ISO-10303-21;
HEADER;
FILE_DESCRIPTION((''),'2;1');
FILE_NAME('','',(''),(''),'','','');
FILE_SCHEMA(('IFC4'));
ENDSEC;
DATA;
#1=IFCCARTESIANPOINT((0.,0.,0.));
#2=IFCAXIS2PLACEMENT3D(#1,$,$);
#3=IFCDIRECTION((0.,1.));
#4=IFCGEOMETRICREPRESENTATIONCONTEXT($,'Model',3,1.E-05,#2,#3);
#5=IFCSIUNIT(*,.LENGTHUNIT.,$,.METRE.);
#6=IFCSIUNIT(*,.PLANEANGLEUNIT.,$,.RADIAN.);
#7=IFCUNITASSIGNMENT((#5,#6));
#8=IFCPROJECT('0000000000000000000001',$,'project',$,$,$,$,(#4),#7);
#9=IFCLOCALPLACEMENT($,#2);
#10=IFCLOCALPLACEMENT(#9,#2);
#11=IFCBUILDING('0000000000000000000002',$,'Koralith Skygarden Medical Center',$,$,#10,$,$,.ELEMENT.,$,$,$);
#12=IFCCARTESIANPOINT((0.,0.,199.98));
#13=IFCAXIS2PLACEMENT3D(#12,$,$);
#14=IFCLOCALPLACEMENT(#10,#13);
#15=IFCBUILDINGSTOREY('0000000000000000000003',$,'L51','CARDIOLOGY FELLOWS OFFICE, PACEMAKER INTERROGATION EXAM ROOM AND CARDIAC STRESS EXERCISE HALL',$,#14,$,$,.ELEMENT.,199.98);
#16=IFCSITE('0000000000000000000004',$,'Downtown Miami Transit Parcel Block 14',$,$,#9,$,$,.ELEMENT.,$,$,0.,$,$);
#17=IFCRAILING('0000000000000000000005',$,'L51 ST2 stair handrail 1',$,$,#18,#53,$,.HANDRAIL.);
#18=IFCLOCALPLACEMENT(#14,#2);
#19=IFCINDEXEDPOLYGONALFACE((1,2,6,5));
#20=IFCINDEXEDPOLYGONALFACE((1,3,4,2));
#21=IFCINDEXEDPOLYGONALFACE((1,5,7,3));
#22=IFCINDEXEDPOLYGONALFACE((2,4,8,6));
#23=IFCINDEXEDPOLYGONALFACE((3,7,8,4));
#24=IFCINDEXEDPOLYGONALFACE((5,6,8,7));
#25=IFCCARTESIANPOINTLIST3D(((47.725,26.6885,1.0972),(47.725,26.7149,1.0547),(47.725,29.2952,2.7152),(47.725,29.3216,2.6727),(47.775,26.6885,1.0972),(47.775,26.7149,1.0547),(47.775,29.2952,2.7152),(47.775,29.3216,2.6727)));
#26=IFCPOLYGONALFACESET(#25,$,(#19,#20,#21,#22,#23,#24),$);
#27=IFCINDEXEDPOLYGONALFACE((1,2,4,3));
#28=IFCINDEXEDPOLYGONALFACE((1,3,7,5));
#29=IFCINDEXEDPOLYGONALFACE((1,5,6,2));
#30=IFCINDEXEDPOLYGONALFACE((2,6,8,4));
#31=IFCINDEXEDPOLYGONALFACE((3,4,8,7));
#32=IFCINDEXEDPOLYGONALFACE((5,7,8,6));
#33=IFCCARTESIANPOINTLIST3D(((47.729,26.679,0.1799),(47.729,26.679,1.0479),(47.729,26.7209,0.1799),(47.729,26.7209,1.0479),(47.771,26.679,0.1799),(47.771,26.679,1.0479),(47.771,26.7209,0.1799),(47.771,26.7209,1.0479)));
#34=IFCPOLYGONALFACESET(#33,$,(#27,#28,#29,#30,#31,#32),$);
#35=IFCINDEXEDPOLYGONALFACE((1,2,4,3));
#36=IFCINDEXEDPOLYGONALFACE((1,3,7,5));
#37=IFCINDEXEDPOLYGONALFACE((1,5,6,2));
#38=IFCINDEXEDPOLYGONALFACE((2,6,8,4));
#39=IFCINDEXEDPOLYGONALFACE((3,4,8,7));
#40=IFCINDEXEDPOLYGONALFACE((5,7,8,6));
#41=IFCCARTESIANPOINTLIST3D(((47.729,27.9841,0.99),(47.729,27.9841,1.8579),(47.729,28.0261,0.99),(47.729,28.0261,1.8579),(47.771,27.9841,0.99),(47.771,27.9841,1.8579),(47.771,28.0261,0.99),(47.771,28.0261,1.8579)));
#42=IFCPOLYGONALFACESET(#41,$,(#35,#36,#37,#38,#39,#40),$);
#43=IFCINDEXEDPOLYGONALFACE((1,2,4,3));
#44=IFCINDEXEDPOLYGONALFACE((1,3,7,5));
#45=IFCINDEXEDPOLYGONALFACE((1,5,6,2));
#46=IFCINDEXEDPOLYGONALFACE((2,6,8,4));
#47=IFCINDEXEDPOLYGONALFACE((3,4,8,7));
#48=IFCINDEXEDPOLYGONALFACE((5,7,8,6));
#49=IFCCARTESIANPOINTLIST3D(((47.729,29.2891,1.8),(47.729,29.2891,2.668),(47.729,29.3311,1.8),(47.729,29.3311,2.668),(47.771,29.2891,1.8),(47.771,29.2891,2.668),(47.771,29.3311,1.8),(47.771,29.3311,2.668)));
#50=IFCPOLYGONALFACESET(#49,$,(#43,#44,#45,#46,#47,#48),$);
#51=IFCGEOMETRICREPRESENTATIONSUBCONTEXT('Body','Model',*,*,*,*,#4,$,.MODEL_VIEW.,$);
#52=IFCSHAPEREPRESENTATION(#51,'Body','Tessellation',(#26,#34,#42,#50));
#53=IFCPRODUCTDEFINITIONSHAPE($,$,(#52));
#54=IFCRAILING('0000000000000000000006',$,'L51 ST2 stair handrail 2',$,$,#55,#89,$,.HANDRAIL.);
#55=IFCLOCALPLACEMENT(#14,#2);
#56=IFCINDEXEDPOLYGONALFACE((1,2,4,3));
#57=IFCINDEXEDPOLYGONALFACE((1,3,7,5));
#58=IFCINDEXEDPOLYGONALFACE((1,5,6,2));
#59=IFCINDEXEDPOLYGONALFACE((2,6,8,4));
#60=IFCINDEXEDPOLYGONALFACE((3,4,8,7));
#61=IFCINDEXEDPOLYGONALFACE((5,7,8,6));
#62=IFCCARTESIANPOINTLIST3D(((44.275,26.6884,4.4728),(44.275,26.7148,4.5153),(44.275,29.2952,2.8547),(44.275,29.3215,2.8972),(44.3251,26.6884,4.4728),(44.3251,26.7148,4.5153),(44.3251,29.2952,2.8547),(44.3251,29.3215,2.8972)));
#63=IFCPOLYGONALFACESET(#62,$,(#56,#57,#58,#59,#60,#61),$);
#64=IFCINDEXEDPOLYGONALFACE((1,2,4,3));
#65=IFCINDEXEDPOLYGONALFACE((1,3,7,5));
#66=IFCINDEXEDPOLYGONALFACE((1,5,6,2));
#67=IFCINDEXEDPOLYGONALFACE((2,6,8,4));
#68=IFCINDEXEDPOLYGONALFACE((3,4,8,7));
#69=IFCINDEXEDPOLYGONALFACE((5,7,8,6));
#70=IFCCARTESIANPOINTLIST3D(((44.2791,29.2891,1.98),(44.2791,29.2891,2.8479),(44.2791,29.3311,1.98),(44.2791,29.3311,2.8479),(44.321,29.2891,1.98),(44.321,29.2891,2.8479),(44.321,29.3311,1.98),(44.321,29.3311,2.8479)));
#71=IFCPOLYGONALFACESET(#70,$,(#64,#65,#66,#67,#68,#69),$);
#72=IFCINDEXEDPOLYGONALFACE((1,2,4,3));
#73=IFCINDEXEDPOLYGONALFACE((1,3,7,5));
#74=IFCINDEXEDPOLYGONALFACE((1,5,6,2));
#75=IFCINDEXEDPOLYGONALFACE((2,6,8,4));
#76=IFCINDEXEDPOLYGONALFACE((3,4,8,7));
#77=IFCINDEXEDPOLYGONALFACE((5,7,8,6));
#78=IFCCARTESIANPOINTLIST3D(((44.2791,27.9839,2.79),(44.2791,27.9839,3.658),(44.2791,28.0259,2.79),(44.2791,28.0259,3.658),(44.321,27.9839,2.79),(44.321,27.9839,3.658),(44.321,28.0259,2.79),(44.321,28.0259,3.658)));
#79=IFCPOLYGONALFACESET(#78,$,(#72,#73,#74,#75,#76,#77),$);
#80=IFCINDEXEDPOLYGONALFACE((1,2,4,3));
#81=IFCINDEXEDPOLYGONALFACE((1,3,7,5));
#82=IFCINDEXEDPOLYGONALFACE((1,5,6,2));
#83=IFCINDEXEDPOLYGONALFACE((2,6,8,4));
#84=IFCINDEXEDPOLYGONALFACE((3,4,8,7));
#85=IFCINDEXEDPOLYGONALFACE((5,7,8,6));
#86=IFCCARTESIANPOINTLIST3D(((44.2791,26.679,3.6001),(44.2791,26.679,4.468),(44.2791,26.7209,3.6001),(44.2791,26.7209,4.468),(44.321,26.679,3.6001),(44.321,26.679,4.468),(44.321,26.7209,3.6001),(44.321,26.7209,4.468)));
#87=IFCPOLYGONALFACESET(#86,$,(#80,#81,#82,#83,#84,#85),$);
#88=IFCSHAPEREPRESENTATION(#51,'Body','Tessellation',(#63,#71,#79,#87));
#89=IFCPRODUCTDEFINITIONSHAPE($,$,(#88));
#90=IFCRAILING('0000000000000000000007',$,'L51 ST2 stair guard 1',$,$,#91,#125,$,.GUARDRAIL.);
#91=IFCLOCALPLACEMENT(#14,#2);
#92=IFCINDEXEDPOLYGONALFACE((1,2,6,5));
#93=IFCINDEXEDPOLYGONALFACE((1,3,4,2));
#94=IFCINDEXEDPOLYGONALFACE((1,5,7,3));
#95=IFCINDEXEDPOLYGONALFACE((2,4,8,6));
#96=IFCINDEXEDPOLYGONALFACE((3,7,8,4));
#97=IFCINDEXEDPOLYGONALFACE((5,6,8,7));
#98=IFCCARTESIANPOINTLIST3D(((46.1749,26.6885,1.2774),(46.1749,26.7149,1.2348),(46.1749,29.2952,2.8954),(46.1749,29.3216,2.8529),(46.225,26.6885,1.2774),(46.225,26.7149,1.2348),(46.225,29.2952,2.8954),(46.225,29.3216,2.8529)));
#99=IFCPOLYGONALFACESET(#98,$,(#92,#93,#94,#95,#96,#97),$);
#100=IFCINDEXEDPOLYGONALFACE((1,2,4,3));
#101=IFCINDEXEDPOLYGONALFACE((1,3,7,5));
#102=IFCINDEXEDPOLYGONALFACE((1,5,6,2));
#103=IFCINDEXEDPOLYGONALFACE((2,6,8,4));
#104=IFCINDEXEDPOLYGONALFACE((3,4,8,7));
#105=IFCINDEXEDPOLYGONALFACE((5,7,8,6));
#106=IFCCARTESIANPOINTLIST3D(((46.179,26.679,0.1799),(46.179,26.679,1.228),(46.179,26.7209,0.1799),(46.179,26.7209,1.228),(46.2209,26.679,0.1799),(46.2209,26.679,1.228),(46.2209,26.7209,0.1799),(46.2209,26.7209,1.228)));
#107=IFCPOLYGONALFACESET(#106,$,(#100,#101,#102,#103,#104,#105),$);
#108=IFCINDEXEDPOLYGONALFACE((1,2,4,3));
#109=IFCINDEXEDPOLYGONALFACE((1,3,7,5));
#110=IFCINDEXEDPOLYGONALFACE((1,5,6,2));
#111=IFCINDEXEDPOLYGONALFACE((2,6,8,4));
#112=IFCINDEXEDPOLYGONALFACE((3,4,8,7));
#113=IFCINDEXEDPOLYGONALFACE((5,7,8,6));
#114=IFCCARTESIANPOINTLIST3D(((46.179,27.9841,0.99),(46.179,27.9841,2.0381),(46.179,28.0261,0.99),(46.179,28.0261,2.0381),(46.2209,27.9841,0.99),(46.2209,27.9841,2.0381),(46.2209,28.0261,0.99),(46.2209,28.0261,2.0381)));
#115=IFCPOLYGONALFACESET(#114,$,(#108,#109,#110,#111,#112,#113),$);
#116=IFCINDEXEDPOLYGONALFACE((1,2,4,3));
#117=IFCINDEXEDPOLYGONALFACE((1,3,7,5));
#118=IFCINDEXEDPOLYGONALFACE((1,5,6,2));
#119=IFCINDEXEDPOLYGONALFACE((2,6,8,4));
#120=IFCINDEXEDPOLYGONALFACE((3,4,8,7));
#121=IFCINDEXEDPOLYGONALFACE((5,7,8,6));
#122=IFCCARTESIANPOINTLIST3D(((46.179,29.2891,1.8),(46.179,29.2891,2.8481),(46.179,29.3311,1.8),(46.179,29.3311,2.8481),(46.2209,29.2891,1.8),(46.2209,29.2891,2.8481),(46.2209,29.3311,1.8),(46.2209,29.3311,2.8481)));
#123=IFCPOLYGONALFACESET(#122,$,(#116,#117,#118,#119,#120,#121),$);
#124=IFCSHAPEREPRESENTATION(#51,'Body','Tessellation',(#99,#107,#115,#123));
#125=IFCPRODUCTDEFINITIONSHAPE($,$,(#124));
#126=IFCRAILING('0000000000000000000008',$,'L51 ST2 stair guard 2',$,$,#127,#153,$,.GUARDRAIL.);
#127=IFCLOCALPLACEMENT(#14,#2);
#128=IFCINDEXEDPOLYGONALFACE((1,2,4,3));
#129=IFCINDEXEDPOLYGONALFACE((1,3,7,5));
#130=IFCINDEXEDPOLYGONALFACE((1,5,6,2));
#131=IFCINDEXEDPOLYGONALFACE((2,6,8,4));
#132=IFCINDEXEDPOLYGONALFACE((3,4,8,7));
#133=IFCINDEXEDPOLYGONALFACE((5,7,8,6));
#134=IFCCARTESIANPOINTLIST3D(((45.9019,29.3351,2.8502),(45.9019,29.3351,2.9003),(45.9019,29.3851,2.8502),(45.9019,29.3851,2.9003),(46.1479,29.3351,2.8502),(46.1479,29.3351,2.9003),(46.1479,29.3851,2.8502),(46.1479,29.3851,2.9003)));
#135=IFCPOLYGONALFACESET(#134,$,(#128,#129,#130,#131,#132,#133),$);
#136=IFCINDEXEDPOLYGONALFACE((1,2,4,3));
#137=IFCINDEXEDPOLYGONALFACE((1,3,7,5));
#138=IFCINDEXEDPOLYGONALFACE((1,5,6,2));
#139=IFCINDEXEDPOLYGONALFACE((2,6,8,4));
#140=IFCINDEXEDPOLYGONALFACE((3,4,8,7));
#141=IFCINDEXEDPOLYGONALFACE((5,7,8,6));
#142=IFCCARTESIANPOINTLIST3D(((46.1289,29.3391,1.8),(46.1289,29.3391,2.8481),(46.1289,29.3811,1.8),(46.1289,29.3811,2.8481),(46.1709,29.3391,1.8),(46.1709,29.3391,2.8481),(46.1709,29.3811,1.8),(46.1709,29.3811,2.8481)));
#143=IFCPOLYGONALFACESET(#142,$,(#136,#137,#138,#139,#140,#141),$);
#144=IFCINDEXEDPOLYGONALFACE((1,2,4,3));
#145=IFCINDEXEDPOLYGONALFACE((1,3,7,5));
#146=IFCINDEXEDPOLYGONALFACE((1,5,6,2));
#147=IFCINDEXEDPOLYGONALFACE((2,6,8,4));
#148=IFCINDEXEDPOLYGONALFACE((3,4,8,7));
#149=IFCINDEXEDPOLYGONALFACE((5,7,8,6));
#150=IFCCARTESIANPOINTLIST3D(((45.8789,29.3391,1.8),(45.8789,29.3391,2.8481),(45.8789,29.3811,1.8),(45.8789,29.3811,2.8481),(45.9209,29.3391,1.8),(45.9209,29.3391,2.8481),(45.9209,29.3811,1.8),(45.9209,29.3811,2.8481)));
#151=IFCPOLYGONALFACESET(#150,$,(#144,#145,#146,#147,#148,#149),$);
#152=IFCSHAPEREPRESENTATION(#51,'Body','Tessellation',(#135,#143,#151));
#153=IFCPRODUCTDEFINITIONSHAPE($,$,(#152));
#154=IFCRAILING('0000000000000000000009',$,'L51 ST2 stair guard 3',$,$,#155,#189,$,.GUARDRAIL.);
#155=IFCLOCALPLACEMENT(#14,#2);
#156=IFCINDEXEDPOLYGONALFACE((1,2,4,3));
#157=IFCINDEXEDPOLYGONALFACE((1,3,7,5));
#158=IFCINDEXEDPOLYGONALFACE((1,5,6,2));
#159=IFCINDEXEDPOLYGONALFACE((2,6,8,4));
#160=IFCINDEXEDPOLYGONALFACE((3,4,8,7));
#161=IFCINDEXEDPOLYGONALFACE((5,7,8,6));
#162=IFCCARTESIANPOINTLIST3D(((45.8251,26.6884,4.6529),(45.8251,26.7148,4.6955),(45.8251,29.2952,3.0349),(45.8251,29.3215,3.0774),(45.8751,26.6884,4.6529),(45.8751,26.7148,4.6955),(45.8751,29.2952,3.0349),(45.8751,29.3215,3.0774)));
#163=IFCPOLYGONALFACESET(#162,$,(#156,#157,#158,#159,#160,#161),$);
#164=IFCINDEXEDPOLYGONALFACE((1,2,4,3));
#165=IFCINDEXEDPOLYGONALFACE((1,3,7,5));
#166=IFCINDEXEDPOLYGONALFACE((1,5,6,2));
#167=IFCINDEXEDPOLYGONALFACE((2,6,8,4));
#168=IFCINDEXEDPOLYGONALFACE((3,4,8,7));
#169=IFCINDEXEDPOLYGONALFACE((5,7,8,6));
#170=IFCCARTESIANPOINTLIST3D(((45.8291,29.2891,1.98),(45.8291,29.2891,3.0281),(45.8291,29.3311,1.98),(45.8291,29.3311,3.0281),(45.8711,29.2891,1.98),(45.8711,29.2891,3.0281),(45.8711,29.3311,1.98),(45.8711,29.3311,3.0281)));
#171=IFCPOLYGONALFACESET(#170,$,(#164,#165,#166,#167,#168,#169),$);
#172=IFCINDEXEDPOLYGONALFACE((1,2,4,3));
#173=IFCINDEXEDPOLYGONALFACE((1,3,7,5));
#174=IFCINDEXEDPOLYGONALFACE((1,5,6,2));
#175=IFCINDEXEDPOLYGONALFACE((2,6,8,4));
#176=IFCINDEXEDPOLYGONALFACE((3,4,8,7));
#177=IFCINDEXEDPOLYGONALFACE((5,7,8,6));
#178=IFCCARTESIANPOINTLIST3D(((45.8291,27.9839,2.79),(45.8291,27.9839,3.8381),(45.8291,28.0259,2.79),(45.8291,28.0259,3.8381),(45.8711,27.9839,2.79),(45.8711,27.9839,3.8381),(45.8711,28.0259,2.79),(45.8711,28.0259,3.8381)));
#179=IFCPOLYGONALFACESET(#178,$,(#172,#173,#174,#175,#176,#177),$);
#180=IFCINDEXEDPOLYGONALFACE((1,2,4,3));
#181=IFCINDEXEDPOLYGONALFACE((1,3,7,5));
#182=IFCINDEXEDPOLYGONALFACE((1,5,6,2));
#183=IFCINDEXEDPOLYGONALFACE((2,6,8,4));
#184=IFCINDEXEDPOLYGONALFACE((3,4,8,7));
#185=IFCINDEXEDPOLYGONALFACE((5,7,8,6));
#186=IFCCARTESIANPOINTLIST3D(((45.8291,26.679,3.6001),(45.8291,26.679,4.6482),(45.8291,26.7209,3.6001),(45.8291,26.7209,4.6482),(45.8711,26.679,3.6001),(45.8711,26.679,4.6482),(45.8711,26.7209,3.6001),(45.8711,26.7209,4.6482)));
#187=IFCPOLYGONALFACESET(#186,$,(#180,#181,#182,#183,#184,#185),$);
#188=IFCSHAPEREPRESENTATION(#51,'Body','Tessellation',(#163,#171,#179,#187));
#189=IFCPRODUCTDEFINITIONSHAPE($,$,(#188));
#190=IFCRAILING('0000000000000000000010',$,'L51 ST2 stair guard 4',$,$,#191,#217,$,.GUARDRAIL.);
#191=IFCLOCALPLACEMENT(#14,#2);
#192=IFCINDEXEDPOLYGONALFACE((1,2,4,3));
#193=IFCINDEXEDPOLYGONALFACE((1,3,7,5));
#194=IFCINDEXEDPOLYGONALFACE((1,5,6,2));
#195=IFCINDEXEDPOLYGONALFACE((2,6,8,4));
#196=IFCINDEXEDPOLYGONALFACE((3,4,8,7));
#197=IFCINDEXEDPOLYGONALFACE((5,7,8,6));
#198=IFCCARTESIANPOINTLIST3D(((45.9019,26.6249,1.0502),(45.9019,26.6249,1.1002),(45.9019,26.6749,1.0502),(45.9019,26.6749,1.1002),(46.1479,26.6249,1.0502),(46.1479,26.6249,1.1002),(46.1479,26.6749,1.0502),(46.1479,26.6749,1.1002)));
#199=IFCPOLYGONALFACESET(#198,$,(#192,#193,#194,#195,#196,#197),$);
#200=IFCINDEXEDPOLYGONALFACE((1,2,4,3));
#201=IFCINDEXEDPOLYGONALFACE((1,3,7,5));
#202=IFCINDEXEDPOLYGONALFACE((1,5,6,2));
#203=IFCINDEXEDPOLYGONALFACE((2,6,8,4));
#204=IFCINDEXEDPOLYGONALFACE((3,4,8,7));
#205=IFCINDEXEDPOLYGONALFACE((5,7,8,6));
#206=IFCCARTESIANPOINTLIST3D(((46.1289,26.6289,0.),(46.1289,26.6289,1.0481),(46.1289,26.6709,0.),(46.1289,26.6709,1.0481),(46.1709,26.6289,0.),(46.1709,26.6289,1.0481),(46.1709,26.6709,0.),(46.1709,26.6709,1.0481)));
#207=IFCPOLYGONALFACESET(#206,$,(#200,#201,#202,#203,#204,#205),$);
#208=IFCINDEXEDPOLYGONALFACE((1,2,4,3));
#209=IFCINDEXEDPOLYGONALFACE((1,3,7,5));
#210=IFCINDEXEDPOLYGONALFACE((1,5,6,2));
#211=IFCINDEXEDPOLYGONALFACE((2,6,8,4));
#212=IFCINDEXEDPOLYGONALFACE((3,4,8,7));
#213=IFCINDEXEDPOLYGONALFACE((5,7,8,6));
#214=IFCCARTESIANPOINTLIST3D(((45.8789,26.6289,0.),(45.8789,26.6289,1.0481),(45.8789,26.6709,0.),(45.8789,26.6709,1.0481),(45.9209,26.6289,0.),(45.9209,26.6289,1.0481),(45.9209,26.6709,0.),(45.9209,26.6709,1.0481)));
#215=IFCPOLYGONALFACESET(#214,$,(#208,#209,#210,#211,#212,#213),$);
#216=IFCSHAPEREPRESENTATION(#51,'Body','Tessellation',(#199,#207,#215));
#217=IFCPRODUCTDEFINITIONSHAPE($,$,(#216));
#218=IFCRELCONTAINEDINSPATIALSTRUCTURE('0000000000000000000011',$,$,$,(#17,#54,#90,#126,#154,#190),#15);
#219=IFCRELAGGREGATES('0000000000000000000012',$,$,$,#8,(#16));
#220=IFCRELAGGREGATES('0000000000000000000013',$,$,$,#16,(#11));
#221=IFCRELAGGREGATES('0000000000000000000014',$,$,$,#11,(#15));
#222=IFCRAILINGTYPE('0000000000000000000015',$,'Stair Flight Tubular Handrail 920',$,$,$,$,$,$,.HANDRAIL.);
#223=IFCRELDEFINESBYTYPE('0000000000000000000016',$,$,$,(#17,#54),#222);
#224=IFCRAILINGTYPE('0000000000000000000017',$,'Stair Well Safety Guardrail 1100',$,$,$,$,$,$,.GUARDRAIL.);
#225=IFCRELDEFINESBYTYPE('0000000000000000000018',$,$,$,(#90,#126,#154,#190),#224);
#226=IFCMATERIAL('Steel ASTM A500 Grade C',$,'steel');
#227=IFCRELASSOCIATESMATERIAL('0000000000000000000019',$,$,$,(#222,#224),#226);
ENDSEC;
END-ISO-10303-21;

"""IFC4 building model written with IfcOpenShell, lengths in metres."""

from ifc_helpers import new_model, si_unit, direction, frame, origin, origin_2d, place, context, subcontext, project, spatial, rectangle, extrude, material, type_object, element, save


model = new_model("IFC4")

# Units and contexts
model_context = context("Model", 3, precision=1e-05, world=origin(), true_north=direction((0.0, 1.0)))
body_context = subcontext(model_context, "Body", "Model", "MODEL_VIEW")
ifc_project = project(units=[si_unit("LENGTHUNIT", "METRE"), si_unit("PLANEANGLEUNIT", "RADIAN")], contexts=[model_context])

# Site, building, storey
site_placement = place(None, origin())
site = spatial("IfcSite", under=ifc_project, at=site_placement, Name="Downtown Miami Transit Parcel Block 14", CompositionType="ELEMENT", RefElevation=0.0)
building_placement = place(site_placement, origin())
building = spatial("IfcBuilding", under=site, at=building_placement, Name="Koralith Skygarden Medical Center", CompositionType="ELEMENT")
storey_placement = place(building_placement, frame((0.0, 0.0, 199.98)))
storey = spatial("IfcBuildingStorey", under=building, at=storey_placement, Name="L51", Description="CARDIOLOGY FELLOWS OFFICE, PACEMAKER INTERROGATION EXAM ROOM AND CARDIAC STRESS EXERCISE HALL", CompositionType="ELEMENT", Elevation=199.98)

# Railings
ifc_material_1 = material(Name="Steel ASTM A500 Grade C", Category="steel")
railing_type_1 = type_object("IfcRailingType", Name="Stair Flight Tubular Handrail 920", PredefinedType="HANDRAIL", material=ifc_material_1)
railing_1_placement = place(storey_placement, frame((47.75, 26.7, 0.1799)))
element("IfcRailing", 1, at=railing_1_placement, inside=storey, type_object=railing_type_1, Name="L51 ST2 stair handrail 1", PredefinedType="HANDRAIL", context=body_context, shape_type="SweptSolid", body=[
    extrude(rectangle(XDim=0.05, YDim=0.05, at=origin_2d()), frame((0.0, 0.0017, 0.896), z_axis=(0.0, 0.849633, 0.527375), x_axis=(-1.0, 0.0, 0.0)), (0.0, 0.0, 1.0), 3.0681),
    extrude(rectangle(XDim=0.042, YDim=0.042, at=origin_2d()), origin(), (0.0, 0.0, 1.0), 0.8679),
    extrude(rectangle(XDim=0.042, YDim=0.042, at=origin_2d()), frame((0.0, 1.3052, 0.8101)), (0.0, 0.0, 1.0), 0.8679),
    extrude(rectangle(XDim=0.042, YDim=0.042, at=origin_2d()), frame((0.0, 2.6101, 1.6201)), (0.0, 0.0, 1.0), 0.8679),
])
railing_2_placement = place(storey_placement, frame((44.3, 29.3101, 1.98)))
element("IfcRailing", 2, at=railing_2_placement, inside=storey, type_object=railing_type_1, Name="L51 ST2 stair handrail 2", PredefinedType="HANDRAIL", context=body_context, shape_type="SweptSolid", body=[
    extrude(rectangle(XDim=0.05, YDim=0.05, at=origin_2d()), frame((0.0, -0.0017, 0.896), z_axis=(0.0, -0.849633, 0.527375), x_axis=(1.0, 0.0, 0.0)), (0.0, 0.0, 1.0), 3.0681),
    extrude(rectangle(XDim=0.042, YDim=0.042, at=origin_2d()), origin(), (0.0, 0.0, 1.0), 0.8679),
    extrude(rectangle(XDim=0.042, YDim=0.042, at=origin_2d()), frame((0.0, -1.3052, 0.8101)), (0.0, 0.0, 1.0), 0.8679),
    extrude(rectangle(XDim=0.042, YDim=0.042, at=origin_2d()), frame((0.0, -2.6101, 1.6201)), (0.0, 0.0, 1.0), 0.8679),
])
railing_type_2 = type_object("IfcRailingType", Name="Stair Well Safety Guardrail 1100", PredefinedType="GUARDRAIL", material=ifc_material_1)
railing_3_placement = place(storey_placement, frame((46.2, 26.7, 0.1799)))
element("IfcRailing", 3, at=railing_3_placement, inside=storey, type_object=railing_type_2, Name="L51 ST2 stair guard 1", PredefinedType="GUARDRAIL", context=body_context, shape_type="SweptSolid", body=[
    extrude(rectangle(XDim=0.05, YDim=0.05, at=origin_2d()), frame((0.0, 0.0017, 1.0762), z_axis=(0.0, 0.849633, 0.527375), x_axis=(-1.0, 0.0, 0.0)), (0.0, 0.0, 1.0), 3.0681),
    extrude(rectangle(XDim=0.042, YDim=0.042, at=origin_2d()), origin(), (0.0, 0.0, 1.0), 1.0481),
    extrude(rectangle(XDim=0.042, YDim=0.042, at=origin_2d()), frame((0.0, 1.3052, 0.8101)), (0.0, 0.0, 1.0), 1.0481),
    extrude(rectangle(XDim=0.042, YDim=0.042, at=origin_2d()), frame((0.0, 2.6101, 1.6201)), (0.0, 0.0, 1.0), 1.0481),
])
railing_4_placement = place(storey_placement, frame((46.1499, 29.3601, 1.8)))
element("IfcRailing", 4, at=railing_4_placement, inside=storey, type_object=railing_type_2, Name="L51 ST2 stair guard 2", PredefinedType="GUARDRAIL", context=body_context, shape_type="SweptSolid", body=[
    extrude(rectangle(XDim=0.05, YDim=0.05, at=origin_2d()), frame((-0.002, 0.0, 1.0752), z_axis=(-1.0, 0.0, 0.0), x_axis=(0.0, -1.0, 0.0)), (0.0, 0.0, 1.0), 0.2461),
    extrude(rectangle(XDim=0.042, YDim=0.042, at=origin_2d()), origin(), (0.0, 0.0, 1.0), 1.0481),
    extrude(rectangle(XDim=0.042, YDim=0.042, at=origin_2d()), frame((-0.25, 0.0, 0.0)), (0.0, 0.0, 1.0), 1.0481),
])
railing_5_placement = place(storey_placement, frame((45.8501, 29.3101, 1.98)))
element("IfcRailing", 5, at=railing_5_placement, inside=storey, type_object=railing_type_2, Name="L51 ST2 stair guard 3", PredefinedType="GUARDRAIL", context=body_context, shape_type="SweptSolid", body=[
    extrude(rectangle(XDim=0.05, YDim=0.05, at=origin_2d()), frame((0.0, -0.0017, 1.0762), z_axis=(0.0, -0.849633, 0.527375), x_axis=(1.0, 0.0, 0.0)), (0.0, 0.0, 1.0), 3.0681),
    extrude(rectangle(XDim=0.042, YDim=0.042, at=origin_2d()), origin(), (0.0, 0.0, 1.0), 1.0481),
    extrude(rectangle(XDim=0.042, YDim=0.042, at=origin_2d()), frame((0.0, -1.3052, 0.8101)), (0.0, 0.0, 1.0), 1.0481),
    extrude(rectangle(XDim=0.042, YDim=0.042, at=origin_2d()), frame((0.0, -2.6101, 1.6201)), (0.0, 0.0, 1.0), 1.0481),
])
railing_6_placement = place(storey_placement, frame((46.1499, 26.6499, 0.0)))
element("IfcRailing", 6, at=railing_6_placement, inside=storey, type_object=railing_type_2, Name="L51 ST2 stair guard 4", PredefinedType="GUARDRAIL", context=body_context, shape_type="SweptSolid", body=[
    extrude(rectangle(XDim=0.05, YDim=0.05, at=origin_2d()), frame((-0.002, 0.0, 1.0752), z_axis=(-1.0, 0.0, 0.0), x_axis=(0.0, -1.0, 0.0)), (0.0, 0.0, 1.0), 0.2461),
    extrude(rectangle(XDim=0.042, YDim=0.042, at=origin_2d()), origin(), (0.0, 0.0, 1.0), 1.0481),
    extrude(rectangle(XDim=0.042, YDim=0.042, at=origin_2d()), frame((-0.25, 0.0, 0.0)), (0.0, 0.0, 1.0), 1.0481),
])

save(model, "model.ifc")
